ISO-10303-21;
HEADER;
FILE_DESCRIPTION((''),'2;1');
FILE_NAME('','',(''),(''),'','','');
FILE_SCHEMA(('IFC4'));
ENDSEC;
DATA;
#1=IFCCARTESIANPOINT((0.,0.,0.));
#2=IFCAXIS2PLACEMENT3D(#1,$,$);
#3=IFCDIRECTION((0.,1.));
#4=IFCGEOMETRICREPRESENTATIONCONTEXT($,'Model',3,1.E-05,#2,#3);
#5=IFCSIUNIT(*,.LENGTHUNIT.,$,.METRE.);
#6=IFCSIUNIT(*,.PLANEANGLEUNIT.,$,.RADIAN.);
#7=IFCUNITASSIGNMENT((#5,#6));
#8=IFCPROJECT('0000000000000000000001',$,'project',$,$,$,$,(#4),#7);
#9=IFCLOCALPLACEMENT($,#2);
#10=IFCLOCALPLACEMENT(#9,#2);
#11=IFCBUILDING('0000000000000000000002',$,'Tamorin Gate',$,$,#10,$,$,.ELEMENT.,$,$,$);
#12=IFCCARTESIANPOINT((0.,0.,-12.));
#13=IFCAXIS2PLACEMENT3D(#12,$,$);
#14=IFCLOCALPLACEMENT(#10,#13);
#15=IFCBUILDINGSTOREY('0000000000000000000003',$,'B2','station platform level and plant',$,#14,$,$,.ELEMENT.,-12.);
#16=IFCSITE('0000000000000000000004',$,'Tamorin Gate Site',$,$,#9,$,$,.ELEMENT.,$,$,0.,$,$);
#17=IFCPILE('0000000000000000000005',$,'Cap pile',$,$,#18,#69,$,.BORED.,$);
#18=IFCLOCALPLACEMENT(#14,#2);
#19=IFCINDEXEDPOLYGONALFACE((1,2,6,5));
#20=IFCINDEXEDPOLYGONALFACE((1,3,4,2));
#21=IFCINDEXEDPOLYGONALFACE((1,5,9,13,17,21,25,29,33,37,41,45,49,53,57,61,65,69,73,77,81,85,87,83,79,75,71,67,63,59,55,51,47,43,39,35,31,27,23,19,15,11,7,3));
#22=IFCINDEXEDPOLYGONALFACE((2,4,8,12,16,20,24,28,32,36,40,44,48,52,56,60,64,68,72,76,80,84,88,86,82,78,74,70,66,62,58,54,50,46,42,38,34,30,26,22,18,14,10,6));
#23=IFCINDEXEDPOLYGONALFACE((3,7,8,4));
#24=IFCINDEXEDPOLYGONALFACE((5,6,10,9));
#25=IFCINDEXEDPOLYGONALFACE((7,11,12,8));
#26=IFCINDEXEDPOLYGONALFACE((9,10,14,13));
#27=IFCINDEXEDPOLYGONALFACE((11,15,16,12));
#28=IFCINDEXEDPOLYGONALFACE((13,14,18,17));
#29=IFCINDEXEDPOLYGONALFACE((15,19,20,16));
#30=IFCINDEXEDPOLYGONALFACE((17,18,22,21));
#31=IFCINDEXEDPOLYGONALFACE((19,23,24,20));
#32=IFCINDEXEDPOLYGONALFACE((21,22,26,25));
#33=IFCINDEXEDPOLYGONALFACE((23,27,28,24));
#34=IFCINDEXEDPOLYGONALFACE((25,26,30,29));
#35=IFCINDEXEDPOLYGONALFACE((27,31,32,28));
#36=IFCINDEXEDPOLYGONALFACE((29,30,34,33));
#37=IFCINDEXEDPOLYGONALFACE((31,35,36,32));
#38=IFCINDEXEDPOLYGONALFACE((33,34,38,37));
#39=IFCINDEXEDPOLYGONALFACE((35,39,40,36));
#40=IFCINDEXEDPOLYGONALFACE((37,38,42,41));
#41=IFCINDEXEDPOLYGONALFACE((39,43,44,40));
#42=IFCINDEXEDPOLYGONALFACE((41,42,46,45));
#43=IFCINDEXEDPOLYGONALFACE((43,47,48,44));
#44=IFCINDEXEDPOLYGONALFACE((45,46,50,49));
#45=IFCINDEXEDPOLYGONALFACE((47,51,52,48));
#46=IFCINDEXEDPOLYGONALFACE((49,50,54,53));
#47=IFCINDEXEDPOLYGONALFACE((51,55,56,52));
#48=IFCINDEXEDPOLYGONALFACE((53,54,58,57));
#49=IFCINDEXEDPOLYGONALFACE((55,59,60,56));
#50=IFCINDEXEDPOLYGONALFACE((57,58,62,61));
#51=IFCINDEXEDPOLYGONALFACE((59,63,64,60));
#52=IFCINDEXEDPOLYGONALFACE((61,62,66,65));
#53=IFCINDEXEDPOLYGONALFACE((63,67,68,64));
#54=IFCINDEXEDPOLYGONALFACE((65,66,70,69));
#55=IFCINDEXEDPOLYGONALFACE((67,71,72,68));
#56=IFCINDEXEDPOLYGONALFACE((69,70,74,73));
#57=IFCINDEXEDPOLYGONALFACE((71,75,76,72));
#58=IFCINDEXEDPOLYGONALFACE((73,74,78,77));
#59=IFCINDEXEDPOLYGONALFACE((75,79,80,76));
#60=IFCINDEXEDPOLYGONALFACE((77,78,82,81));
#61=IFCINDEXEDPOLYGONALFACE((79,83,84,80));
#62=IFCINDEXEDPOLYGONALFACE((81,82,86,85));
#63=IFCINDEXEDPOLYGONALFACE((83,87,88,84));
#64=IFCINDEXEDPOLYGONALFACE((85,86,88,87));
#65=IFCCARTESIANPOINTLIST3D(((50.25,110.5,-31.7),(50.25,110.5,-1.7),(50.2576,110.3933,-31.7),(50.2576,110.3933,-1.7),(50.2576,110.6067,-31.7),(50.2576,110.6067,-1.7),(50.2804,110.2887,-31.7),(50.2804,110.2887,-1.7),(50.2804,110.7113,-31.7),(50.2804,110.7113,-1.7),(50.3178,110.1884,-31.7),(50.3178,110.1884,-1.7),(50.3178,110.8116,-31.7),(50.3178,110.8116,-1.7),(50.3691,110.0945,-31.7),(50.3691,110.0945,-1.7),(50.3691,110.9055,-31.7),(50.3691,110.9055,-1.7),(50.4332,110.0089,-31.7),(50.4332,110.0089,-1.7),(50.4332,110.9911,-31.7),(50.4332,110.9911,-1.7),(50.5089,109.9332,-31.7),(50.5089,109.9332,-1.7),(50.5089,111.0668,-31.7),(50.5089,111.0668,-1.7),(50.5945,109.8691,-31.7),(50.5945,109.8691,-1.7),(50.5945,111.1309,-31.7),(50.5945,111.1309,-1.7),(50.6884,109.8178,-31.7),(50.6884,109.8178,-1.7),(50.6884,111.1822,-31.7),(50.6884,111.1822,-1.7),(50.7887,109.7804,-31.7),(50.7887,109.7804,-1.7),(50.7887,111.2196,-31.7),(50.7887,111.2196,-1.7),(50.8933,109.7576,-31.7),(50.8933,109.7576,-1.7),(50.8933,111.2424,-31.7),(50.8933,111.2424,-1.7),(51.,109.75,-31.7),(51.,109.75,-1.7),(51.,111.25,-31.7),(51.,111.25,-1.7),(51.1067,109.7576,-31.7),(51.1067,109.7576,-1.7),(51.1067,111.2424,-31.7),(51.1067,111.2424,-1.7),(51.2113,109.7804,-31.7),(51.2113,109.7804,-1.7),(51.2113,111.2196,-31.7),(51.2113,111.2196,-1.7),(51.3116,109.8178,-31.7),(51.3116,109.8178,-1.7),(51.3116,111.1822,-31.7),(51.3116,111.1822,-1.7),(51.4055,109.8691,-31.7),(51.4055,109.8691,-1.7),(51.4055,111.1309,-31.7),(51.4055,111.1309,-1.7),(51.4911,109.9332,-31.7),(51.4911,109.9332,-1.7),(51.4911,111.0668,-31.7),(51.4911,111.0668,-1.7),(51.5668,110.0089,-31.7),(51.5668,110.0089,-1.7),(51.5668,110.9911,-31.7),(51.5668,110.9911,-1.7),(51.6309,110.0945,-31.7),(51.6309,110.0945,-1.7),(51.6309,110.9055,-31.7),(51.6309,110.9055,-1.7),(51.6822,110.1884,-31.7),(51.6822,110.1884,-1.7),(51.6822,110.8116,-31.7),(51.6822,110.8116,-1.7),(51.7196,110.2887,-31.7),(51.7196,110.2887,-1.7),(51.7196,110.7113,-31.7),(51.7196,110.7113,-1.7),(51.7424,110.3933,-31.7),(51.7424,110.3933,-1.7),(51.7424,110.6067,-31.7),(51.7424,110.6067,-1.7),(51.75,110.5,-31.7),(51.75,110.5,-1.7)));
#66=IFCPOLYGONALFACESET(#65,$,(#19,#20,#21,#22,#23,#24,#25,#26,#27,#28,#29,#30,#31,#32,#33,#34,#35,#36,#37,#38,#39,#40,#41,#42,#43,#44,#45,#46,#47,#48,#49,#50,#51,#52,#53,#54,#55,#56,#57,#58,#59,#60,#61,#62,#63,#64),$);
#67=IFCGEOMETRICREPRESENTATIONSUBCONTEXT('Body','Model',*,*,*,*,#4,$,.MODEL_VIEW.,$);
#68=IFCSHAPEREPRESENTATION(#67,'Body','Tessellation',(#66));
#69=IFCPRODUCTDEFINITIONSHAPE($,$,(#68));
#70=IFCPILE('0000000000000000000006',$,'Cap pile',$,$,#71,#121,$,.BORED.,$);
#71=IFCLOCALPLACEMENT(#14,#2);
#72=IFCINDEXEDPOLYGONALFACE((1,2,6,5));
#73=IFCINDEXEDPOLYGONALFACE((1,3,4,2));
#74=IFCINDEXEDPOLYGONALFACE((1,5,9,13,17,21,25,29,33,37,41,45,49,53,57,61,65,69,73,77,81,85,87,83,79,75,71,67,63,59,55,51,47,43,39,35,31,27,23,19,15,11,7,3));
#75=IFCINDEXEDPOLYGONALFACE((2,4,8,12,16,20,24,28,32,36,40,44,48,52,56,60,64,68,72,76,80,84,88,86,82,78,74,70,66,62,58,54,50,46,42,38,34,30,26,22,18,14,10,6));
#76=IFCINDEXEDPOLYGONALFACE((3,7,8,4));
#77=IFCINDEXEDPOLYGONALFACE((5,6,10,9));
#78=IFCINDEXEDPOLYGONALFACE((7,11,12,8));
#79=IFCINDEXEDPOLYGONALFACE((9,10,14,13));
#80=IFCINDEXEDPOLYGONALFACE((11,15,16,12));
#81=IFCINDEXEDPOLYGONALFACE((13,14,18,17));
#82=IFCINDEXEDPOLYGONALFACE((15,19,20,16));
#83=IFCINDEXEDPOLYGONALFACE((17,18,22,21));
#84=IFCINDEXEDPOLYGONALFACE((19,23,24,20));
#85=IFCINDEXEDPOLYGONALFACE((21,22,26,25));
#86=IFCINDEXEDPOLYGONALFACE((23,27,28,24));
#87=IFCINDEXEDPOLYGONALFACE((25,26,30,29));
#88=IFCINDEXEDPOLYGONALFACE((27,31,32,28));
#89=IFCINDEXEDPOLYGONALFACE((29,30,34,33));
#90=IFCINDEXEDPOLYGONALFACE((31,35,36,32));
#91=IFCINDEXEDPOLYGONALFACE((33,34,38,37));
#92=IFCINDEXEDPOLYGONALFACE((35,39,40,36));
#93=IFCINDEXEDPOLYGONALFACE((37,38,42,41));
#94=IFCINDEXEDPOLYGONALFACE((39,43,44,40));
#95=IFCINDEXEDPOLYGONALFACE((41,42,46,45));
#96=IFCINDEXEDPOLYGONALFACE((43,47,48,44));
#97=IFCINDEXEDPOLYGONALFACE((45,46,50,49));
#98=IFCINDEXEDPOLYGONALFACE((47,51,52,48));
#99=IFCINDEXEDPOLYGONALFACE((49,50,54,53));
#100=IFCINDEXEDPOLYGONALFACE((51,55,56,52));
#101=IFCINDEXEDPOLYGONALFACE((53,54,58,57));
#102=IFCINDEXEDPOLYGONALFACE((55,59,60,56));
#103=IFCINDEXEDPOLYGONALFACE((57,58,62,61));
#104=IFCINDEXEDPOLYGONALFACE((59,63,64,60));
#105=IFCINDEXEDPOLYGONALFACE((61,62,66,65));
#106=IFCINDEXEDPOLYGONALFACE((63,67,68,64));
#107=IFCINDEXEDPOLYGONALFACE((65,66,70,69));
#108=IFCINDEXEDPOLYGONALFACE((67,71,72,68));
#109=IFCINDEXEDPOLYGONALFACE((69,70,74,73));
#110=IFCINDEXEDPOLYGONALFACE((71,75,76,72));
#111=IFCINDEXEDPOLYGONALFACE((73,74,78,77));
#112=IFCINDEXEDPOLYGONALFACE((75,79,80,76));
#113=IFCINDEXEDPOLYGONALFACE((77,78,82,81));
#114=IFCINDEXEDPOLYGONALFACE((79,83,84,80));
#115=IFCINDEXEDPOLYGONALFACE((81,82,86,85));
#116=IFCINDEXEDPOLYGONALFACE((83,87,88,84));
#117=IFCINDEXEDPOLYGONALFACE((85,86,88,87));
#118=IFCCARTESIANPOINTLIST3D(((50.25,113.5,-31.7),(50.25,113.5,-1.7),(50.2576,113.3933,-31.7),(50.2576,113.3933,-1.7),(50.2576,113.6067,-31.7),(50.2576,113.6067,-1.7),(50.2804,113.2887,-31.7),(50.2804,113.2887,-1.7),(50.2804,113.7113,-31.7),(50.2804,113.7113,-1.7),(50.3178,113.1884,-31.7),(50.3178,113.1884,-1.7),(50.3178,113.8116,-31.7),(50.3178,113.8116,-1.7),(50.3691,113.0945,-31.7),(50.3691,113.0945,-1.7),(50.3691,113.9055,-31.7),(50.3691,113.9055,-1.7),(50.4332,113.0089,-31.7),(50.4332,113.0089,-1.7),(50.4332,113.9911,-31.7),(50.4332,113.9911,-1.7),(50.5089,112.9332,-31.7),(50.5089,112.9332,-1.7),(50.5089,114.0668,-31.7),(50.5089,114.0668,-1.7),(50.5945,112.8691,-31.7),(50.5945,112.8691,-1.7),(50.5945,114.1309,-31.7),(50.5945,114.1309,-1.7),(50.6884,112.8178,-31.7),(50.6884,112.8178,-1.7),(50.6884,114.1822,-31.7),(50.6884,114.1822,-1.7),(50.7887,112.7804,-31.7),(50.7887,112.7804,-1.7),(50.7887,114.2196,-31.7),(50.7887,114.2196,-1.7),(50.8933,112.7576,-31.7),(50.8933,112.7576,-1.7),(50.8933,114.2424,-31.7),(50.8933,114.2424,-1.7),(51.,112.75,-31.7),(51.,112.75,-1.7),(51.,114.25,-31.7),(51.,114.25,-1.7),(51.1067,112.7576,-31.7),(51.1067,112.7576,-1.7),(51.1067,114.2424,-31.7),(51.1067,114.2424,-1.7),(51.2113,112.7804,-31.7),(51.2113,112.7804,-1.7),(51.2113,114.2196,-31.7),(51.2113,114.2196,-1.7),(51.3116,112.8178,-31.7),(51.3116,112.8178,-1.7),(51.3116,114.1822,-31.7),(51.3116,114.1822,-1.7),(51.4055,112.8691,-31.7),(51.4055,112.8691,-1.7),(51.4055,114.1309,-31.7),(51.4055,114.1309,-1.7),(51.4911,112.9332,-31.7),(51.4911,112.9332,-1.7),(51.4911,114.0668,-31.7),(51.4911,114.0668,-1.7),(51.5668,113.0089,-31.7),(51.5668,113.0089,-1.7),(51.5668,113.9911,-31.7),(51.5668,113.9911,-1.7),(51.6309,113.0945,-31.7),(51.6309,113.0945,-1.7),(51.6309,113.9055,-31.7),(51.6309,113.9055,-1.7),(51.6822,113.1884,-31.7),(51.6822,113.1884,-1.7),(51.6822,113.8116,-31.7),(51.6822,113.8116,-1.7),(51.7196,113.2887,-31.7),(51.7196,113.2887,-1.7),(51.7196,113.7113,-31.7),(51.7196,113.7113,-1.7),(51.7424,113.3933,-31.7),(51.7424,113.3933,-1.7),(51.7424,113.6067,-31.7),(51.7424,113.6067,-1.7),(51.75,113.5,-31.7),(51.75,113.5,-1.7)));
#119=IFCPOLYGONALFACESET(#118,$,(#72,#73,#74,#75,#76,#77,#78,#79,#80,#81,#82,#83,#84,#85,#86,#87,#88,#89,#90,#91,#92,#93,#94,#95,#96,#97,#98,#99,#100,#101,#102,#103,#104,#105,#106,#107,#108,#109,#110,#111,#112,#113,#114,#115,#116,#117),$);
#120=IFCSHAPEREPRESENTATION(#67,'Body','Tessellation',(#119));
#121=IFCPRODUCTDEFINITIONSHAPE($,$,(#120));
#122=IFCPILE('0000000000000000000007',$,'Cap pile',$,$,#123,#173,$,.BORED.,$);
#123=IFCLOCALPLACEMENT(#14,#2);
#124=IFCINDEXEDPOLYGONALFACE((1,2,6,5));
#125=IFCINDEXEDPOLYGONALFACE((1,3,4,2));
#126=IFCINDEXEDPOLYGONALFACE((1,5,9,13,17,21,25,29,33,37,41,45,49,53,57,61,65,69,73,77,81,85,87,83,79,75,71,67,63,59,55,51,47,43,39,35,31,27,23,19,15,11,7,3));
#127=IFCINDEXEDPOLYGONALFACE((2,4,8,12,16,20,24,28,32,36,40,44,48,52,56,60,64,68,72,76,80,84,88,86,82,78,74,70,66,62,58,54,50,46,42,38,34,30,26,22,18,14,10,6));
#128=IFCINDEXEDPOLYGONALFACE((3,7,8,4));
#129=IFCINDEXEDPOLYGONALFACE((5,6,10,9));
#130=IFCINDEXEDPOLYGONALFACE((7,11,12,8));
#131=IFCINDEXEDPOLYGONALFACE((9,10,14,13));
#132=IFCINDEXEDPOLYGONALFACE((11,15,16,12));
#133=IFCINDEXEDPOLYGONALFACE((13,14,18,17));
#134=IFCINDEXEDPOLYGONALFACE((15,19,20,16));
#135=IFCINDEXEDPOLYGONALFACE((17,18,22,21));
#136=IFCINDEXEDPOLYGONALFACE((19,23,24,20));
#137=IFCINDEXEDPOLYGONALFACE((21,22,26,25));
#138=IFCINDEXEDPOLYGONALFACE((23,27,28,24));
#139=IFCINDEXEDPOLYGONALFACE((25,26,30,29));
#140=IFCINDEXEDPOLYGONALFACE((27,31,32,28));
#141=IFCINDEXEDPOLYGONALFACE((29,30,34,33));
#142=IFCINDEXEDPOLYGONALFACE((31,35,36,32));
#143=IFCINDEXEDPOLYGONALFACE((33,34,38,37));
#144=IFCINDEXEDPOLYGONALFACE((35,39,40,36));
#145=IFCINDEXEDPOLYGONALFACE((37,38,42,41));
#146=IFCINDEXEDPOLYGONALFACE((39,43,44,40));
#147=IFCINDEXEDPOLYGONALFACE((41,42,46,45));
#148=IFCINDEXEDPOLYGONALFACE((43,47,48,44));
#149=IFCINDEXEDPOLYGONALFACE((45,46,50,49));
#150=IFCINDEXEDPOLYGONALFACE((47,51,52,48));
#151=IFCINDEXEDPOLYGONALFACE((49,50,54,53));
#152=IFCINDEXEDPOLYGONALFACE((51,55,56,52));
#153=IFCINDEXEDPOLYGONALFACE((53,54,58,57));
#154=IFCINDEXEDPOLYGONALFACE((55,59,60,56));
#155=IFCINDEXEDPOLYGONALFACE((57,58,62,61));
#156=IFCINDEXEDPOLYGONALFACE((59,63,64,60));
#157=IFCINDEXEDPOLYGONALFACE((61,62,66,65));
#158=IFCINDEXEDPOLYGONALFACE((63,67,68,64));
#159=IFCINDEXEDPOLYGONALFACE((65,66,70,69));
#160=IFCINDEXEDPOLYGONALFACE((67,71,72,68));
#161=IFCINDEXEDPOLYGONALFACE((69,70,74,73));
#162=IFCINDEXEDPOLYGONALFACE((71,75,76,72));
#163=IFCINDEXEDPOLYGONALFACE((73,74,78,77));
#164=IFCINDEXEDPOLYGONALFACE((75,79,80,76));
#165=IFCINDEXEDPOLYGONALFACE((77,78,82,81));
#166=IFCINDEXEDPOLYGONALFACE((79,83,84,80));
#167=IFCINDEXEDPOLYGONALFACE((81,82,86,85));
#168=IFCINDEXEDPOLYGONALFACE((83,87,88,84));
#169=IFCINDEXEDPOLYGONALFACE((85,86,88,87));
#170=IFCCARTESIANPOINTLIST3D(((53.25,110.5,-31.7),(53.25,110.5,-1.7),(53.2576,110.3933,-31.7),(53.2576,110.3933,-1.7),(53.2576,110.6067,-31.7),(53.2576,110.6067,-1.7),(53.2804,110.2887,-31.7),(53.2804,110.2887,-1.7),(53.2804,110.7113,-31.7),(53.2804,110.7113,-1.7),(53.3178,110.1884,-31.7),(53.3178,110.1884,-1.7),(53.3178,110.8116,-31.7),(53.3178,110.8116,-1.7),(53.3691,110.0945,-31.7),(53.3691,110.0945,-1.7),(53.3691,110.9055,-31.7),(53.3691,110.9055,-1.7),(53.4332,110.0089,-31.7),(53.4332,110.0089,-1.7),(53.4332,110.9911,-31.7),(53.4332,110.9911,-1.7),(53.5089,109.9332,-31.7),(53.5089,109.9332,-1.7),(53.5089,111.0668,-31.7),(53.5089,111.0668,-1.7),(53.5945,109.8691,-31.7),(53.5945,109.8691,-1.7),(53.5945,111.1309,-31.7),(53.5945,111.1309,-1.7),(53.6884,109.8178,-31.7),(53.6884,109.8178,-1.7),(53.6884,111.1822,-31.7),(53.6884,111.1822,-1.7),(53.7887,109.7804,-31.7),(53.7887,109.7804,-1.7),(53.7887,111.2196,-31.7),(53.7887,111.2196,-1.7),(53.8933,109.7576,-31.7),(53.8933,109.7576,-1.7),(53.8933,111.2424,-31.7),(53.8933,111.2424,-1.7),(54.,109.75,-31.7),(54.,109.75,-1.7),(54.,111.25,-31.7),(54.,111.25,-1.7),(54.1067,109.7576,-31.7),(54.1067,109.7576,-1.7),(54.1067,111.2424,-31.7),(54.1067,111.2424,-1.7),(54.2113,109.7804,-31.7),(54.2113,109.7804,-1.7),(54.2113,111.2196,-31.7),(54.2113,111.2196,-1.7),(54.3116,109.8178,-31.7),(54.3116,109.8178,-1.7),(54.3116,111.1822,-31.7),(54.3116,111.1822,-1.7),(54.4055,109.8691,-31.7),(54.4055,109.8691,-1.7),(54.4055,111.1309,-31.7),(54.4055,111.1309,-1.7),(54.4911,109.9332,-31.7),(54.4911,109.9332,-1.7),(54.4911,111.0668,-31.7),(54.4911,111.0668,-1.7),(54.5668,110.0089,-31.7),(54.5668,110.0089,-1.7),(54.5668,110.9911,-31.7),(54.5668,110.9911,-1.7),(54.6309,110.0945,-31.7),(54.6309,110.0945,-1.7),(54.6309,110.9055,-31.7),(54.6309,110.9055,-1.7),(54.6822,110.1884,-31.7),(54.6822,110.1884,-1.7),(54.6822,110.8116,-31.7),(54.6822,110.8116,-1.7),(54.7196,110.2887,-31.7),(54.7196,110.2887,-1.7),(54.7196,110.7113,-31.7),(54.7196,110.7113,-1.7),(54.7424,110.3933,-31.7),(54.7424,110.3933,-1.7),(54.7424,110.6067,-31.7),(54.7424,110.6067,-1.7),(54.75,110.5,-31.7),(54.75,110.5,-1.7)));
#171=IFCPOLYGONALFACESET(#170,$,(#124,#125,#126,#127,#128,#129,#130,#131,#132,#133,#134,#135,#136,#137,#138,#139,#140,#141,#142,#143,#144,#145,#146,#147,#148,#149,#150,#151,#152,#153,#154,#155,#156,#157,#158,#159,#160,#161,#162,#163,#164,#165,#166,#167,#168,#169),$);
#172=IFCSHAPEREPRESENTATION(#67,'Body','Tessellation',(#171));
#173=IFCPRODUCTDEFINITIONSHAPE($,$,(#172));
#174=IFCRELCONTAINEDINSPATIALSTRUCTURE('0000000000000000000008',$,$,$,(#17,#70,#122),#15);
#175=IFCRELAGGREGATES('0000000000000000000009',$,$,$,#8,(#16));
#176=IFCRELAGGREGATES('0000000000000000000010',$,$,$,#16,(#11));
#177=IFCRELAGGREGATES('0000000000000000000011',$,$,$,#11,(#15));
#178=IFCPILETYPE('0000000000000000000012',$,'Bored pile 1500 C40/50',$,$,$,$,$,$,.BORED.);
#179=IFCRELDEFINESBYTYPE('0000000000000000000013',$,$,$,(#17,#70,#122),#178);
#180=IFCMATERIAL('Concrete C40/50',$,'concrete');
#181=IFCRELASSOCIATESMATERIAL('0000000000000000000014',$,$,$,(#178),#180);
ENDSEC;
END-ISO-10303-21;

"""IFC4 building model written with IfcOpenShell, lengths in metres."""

from ifc_helpers import new_model, si_unit, direction, frame, origin, origin_2d, place, context, subcontext, project, spatial, circle, extrude, material, material_profile, profile_set, type_object, element, save


model = new_model("IFC4")

# Units and contexts
model_context = context("Model", 3, precision=1e-05, world=origin(), true_north=direction((0.0, 1.0)))
body_context = subcontext(model_context, "Body", "Model", "MODEL_VIEW")
ifc_project = project(units=[si_unit("LENGTHUNIT", "METRE"), si_unit("PLANEANGLEUNIT", "RADIAN")], contexts=[model_context])

# Site, building, storey
site_placement = place(None, origin())
site = spatial("IfcSite", under=ifc_project, at=site_placement, Name="Tamorin Gate Site", CompositionType="ELEMENT", RefElevation=0.0)
building_placement = place(site_placement, origin())
building = spatial("IfcBuilding", under=site, at=building_placement, Name="Tamorin Gate", CompositionType="ELEMENT")
storey_placement = place(building_placement, frame((0.0, 0.0, -12.0)))
storey = spatial("IfcBuildingStorey", under=building, at=storey_placement, Name="B2", Description="station platform level and plant", CompositionType="ELEMENT", Elevation=-12.0)

# Piles
ifc_material_1 = material(Name="Concrete C40/50", Category="concrete")
ifc_material_profile_1 = material_profile(ifc_material_1, circle(Radius=0.75, at=origin_2d()))
ifc_profile_set_1 = profile_set([ifc_material_profile_1], Name="Concrete C40/50")
pile_type = type_object("IfcPileType", Name="Bored pile 1500 C40/50", PredefinedType="BORED", material=ifc_profile_set_1)
for number, where, z_axis, x_axis, name in (
    (1, (51.0, 110.5, -1.7), (0.0, 0.0, -1.0), (1.0, 0.0, 0.0), "Cap pile"),
    (2, (51.0, 113.5, -1.7), (0.0, 0.0, -1.0), (1.0, 0.0, 0.0), "Cap pile"),
    (3, (54.0, 110.5, -1.7), (0.0, 0.0, -1.0), (1.0, 0.0, 0.0), "Cap pile"),
):
    element("IfcPile", number, at=place(storey_placement, frame(where, z_axis=z_axis, x_axis=x_axis)), inside=storey, type_object=pile_type, Name=name, PredefinedType="BORED", context=body_context, shape_type="SweptSolid", body=[
        extrude(circle(Radius=0.75, at=origin_2d()), origin(), (0.0, 0.0, 1.0), 30.0),
    ])

save(model, "model.ifc")
